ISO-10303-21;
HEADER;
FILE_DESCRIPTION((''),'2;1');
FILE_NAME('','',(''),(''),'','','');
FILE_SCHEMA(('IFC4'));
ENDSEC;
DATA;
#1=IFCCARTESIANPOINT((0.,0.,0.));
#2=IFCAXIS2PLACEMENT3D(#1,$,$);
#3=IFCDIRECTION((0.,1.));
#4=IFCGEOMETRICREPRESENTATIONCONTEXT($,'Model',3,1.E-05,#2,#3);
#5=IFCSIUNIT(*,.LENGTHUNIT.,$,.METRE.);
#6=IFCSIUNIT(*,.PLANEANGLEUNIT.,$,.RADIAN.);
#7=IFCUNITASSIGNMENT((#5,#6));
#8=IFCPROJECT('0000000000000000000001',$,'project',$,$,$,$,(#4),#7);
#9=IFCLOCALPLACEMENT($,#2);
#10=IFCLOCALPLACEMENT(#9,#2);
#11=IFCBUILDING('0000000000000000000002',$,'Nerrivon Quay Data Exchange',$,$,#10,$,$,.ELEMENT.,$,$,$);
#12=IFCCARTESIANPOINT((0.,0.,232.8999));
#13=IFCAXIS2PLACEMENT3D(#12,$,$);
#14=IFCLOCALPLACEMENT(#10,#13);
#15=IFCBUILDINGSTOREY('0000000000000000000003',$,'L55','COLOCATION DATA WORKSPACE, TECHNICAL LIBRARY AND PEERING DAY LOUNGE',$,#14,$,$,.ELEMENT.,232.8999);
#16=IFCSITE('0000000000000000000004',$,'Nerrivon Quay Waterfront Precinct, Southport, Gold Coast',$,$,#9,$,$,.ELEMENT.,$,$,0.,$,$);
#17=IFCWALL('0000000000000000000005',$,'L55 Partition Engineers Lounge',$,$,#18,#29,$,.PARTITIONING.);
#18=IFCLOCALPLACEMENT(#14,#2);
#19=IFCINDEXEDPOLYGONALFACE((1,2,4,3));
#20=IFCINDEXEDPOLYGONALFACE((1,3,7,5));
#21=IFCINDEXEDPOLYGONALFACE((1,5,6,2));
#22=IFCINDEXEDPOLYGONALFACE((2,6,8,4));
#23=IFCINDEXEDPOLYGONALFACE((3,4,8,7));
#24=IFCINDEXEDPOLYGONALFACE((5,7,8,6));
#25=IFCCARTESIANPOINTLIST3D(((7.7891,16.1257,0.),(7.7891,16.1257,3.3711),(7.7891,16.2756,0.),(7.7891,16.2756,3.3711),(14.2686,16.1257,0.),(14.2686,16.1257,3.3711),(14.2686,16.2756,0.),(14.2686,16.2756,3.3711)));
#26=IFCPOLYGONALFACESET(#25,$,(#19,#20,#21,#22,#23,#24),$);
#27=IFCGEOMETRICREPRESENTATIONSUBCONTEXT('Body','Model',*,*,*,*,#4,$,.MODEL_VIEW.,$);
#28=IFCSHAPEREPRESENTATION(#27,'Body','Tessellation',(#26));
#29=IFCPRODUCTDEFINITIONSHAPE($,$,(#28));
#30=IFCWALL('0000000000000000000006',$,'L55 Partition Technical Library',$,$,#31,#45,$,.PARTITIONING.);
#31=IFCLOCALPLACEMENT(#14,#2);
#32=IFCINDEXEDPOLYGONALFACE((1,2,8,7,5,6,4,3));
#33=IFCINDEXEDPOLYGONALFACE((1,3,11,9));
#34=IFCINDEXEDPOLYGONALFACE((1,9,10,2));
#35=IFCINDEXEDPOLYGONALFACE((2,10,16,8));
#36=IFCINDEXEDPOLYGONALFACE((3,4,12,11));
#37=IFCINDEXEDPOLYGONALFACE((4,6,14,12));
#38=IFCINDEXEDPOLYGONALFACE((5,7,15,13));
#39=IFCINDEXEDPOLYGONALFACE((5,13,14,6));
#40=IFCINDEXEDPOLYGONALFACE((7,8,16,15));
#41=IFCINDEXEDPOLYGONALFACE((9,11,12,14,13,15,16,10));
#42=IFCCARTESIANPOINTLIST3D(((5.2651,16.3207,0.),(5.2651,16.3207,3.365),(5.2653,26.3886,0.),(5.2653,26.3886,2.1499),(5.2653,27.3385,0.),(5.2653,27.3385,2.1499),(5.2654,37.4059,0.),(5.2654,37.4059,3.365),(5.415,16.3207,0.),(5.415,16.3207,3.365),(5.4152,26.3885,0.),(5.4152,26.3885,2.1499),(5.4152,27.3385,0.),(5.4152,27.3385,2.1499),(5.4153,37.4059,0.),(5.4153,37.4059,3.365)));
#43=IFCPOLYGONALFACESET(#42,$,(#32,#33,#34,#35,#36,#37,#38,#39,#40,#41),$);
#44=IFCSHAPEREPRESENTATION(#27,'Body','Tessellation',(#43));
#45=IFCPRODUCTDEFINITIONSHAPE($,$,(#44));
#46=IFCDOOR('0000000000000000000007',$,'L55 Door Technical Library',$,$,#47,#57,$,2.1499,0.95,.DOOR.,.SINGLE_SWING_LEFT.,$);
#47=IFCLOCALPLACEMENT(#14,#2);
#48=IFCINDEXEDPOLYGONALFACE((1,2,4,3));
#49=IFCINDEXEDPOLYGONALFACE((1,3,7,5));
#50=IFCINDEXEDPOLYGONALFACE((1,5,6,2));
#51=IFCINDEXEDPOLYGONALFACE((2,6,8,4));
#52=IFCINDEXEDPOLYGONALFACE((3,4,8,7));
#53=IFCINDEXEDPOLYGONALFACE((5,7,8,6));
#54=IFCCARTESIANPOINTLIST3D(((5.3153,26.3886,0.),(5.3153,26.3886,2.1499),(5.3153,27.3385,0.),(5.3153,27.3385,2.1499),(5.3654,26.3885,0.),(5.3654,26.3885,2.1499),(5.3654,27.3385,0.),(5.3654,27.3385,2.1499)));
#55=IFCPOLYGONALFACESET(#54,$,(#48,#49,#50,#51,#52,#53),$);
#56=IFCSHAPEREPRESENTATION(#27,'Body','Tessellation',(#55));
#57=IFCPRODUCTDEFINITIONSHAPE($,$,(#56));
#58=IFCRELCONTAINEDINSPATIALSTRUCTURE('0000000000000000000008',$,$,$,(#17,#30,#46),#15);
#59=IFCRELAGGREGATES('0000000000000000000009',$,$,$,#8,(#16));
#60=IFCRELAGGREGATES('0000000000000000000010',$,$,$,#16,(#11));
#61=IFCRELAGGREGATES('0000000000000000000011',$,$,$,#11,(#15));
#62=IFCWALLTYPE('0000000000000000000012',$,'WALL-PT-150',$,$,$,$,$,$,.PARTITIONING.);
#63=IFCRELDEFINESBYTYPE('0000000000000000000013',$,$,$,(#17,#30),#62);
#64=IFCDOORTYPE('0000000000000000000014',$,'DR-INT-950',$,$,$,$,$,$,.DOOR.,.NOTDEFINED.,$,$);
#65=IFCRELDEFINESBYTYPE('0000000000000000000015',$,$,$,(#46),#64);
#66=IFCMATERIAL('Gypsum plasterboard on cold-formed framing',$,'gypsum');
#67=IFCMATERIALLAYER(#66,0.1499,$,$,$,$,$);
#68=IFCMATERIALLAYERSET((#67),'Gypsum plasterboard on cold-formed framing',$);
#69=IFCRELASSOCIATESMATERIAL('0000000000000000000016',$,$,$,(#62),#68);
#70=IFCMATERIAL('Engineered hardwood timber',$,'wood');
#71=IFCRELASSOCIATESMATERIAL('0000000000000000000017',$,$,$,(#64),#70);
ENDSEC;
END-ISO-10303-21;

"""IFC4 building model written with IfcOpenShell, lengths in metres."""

from ifc_helpers import new_model, si_unit, direction, frame, frame_2d, origin, place, context, subcontext, project, spatial, rectangle, extrude, material, layer, layer_set, type_object, element, fill, save


model = new_model("IFC4")

# Units and contexts
model_context = context("Model", 3, precision=1e-05, world=origin(), true_north=direction((0.0, 1.0)))
body_context = subcontext(model_context, "Body", "Model", "MODEL_VIEW")
ifc_project = project(units=[si_unit("LENGTHUNIT", "METRE"), si_unit("PLANEANGLEUNIT", "RADIAN")], contexts=[model_context])

# Site, building, storey
site_placement = place(None, origin())
site = spatial("IfcSite", under=ifc_project, at=site_placement, Name="Nerrivon Quay Waterfront Precinct, Southport, Gold Coast", CompositionType="ELEMENT", RefElevation=0.0)
building_placement = place(site_placement, origin())
building = spatial("IfcBuilding", under=site, at=building_placement, Name="Nerrivon Quay Data Exchange", CompositionType="ELEMENT")
storey_placement = place(building_placement, frame((0.0, 0.0, 232.8999)))
storey = spatial("IfcBuildingStorey", under=building, at=storey_placement, Name="L55", Description="COLOCATION DATA WORKSPACE, TECHNICAL LIBRARY AND PEERING DAY LOUNGE", CompositionType="ELEMENT", Elevation=232.8999)

# Shared definitions
ifc_material_1 = material(Name="Gypsum plasterboard on cold-formed framing", Category="gypsum")

# Shared definitions
ifc_material_2 = material(Name="Engineered hardwood timber", Category="wood")

# Shared definitions
ifc_layer_1 = layer(ifc_material_1, 0.1499)
ifc_layer_set_1 = layer_set([ifc_layer_1], Name="Gypsum plasterboard on cold-formed framing")
wall_type_1 = type_object("IfcWallType", Name="WALL-PT-150", PredefinedType="PARTITIONING", material=ifc_layer_set_1)
door_type_1 = type_object("IfcDoorType", Name="DR-INT-950", OperationType="NOTDEFINED", PredefinedType="DOOR", material=ifc_material_2)

# Wall
wall_1_placement = place(storey_placement, frame((14.2686, 16.2007, 0.0), z_axis=(0.0, 0.0, 1.0), x_axis=(-1.0, 0.0, 0.0)))
element("IfcWall", 1, at=wall_1_placement, inside=storey, type_object=wall_type_1, Name="L55 Partition Engineers Lounge", PredefinedType="PARTITIONING", context=body_context, shape_type="SweptSolid", body=[
    extrude(rectangle(XDim=6.4795, YDim=0.1499, at=frame_2d((3.2397, 0.0))), origin(), (0.0, 0.0, 1.0), 3.3711),
])

# Wall, opening, door
wall_2_placement = place(storey_placement, frame((5.3401, 16.3208, 0.0), z_axis=(0.0, 0.0, 1.0), x_axis=(0.000012, 1.0, 0.0)))
wall_2 = element("IfcWall", 2, at=wall_2_placement, inside=storey, type_object=wall_type_1, Name="L55 Partition Technical Library", PredefinedType="PARTITIONING", context=body_context, shape_type="SweptSolid", body=[
    extrude(rectangle(XDim=21.0852, YDim=0.1499, at=frame_2d((10.5425, 0.0))), origin(), (0.0, 0.0, 1.0), 3.365),
])
opening_1_placement = place(wall_2_placement, frame((10.0676, 0.0, 0.0)))
opening_1 = element("IfcOpeningElement", 3, at=opening_1_placement, cuts=wall_2, PredefinedType="OPENING", context=body_context, shape_type="SweptSolid", body=[
    extrude(rectangle(XDim=0.95, YDim=2.1499, at=frame_2d((0.4751, 1.075))), frame((0.0, 0.085, 0.0), z_axis=(0.0, -1.0, 0.0), x_axis=(1.0, 0.0, 0.0)), (0.0, 0.0, 1.0), 0.1699),
])
door_1_placement = place(opening_1_placement, origin())
door_1 = element("IfcDoor", 4, at=door_1_placement, inside=storey, type_object=door_type_1, Name="L55 Door Technical Library", OperationType="SINGLE_SWING_LEFT", OverallHeight=2.1499, OverallWidth=0.95, PredefinedType="DOOR", context=body_context, shape_type="SweptSolid", body=[
    extrude(rectangle(XDim=0.95, YDim=2.1499, at=frame_2d((0.4751, 1.075))), frame((0.0, 0.0249, 0.0), z_axis=(0.0, -1.0, 0.0), x_axis=(1.0, 0.0, 0.0)), (0.0, 0.0, 1.0), 0.05),
])
fill(opening_1, door_1)

save(model, "model.ifc")
